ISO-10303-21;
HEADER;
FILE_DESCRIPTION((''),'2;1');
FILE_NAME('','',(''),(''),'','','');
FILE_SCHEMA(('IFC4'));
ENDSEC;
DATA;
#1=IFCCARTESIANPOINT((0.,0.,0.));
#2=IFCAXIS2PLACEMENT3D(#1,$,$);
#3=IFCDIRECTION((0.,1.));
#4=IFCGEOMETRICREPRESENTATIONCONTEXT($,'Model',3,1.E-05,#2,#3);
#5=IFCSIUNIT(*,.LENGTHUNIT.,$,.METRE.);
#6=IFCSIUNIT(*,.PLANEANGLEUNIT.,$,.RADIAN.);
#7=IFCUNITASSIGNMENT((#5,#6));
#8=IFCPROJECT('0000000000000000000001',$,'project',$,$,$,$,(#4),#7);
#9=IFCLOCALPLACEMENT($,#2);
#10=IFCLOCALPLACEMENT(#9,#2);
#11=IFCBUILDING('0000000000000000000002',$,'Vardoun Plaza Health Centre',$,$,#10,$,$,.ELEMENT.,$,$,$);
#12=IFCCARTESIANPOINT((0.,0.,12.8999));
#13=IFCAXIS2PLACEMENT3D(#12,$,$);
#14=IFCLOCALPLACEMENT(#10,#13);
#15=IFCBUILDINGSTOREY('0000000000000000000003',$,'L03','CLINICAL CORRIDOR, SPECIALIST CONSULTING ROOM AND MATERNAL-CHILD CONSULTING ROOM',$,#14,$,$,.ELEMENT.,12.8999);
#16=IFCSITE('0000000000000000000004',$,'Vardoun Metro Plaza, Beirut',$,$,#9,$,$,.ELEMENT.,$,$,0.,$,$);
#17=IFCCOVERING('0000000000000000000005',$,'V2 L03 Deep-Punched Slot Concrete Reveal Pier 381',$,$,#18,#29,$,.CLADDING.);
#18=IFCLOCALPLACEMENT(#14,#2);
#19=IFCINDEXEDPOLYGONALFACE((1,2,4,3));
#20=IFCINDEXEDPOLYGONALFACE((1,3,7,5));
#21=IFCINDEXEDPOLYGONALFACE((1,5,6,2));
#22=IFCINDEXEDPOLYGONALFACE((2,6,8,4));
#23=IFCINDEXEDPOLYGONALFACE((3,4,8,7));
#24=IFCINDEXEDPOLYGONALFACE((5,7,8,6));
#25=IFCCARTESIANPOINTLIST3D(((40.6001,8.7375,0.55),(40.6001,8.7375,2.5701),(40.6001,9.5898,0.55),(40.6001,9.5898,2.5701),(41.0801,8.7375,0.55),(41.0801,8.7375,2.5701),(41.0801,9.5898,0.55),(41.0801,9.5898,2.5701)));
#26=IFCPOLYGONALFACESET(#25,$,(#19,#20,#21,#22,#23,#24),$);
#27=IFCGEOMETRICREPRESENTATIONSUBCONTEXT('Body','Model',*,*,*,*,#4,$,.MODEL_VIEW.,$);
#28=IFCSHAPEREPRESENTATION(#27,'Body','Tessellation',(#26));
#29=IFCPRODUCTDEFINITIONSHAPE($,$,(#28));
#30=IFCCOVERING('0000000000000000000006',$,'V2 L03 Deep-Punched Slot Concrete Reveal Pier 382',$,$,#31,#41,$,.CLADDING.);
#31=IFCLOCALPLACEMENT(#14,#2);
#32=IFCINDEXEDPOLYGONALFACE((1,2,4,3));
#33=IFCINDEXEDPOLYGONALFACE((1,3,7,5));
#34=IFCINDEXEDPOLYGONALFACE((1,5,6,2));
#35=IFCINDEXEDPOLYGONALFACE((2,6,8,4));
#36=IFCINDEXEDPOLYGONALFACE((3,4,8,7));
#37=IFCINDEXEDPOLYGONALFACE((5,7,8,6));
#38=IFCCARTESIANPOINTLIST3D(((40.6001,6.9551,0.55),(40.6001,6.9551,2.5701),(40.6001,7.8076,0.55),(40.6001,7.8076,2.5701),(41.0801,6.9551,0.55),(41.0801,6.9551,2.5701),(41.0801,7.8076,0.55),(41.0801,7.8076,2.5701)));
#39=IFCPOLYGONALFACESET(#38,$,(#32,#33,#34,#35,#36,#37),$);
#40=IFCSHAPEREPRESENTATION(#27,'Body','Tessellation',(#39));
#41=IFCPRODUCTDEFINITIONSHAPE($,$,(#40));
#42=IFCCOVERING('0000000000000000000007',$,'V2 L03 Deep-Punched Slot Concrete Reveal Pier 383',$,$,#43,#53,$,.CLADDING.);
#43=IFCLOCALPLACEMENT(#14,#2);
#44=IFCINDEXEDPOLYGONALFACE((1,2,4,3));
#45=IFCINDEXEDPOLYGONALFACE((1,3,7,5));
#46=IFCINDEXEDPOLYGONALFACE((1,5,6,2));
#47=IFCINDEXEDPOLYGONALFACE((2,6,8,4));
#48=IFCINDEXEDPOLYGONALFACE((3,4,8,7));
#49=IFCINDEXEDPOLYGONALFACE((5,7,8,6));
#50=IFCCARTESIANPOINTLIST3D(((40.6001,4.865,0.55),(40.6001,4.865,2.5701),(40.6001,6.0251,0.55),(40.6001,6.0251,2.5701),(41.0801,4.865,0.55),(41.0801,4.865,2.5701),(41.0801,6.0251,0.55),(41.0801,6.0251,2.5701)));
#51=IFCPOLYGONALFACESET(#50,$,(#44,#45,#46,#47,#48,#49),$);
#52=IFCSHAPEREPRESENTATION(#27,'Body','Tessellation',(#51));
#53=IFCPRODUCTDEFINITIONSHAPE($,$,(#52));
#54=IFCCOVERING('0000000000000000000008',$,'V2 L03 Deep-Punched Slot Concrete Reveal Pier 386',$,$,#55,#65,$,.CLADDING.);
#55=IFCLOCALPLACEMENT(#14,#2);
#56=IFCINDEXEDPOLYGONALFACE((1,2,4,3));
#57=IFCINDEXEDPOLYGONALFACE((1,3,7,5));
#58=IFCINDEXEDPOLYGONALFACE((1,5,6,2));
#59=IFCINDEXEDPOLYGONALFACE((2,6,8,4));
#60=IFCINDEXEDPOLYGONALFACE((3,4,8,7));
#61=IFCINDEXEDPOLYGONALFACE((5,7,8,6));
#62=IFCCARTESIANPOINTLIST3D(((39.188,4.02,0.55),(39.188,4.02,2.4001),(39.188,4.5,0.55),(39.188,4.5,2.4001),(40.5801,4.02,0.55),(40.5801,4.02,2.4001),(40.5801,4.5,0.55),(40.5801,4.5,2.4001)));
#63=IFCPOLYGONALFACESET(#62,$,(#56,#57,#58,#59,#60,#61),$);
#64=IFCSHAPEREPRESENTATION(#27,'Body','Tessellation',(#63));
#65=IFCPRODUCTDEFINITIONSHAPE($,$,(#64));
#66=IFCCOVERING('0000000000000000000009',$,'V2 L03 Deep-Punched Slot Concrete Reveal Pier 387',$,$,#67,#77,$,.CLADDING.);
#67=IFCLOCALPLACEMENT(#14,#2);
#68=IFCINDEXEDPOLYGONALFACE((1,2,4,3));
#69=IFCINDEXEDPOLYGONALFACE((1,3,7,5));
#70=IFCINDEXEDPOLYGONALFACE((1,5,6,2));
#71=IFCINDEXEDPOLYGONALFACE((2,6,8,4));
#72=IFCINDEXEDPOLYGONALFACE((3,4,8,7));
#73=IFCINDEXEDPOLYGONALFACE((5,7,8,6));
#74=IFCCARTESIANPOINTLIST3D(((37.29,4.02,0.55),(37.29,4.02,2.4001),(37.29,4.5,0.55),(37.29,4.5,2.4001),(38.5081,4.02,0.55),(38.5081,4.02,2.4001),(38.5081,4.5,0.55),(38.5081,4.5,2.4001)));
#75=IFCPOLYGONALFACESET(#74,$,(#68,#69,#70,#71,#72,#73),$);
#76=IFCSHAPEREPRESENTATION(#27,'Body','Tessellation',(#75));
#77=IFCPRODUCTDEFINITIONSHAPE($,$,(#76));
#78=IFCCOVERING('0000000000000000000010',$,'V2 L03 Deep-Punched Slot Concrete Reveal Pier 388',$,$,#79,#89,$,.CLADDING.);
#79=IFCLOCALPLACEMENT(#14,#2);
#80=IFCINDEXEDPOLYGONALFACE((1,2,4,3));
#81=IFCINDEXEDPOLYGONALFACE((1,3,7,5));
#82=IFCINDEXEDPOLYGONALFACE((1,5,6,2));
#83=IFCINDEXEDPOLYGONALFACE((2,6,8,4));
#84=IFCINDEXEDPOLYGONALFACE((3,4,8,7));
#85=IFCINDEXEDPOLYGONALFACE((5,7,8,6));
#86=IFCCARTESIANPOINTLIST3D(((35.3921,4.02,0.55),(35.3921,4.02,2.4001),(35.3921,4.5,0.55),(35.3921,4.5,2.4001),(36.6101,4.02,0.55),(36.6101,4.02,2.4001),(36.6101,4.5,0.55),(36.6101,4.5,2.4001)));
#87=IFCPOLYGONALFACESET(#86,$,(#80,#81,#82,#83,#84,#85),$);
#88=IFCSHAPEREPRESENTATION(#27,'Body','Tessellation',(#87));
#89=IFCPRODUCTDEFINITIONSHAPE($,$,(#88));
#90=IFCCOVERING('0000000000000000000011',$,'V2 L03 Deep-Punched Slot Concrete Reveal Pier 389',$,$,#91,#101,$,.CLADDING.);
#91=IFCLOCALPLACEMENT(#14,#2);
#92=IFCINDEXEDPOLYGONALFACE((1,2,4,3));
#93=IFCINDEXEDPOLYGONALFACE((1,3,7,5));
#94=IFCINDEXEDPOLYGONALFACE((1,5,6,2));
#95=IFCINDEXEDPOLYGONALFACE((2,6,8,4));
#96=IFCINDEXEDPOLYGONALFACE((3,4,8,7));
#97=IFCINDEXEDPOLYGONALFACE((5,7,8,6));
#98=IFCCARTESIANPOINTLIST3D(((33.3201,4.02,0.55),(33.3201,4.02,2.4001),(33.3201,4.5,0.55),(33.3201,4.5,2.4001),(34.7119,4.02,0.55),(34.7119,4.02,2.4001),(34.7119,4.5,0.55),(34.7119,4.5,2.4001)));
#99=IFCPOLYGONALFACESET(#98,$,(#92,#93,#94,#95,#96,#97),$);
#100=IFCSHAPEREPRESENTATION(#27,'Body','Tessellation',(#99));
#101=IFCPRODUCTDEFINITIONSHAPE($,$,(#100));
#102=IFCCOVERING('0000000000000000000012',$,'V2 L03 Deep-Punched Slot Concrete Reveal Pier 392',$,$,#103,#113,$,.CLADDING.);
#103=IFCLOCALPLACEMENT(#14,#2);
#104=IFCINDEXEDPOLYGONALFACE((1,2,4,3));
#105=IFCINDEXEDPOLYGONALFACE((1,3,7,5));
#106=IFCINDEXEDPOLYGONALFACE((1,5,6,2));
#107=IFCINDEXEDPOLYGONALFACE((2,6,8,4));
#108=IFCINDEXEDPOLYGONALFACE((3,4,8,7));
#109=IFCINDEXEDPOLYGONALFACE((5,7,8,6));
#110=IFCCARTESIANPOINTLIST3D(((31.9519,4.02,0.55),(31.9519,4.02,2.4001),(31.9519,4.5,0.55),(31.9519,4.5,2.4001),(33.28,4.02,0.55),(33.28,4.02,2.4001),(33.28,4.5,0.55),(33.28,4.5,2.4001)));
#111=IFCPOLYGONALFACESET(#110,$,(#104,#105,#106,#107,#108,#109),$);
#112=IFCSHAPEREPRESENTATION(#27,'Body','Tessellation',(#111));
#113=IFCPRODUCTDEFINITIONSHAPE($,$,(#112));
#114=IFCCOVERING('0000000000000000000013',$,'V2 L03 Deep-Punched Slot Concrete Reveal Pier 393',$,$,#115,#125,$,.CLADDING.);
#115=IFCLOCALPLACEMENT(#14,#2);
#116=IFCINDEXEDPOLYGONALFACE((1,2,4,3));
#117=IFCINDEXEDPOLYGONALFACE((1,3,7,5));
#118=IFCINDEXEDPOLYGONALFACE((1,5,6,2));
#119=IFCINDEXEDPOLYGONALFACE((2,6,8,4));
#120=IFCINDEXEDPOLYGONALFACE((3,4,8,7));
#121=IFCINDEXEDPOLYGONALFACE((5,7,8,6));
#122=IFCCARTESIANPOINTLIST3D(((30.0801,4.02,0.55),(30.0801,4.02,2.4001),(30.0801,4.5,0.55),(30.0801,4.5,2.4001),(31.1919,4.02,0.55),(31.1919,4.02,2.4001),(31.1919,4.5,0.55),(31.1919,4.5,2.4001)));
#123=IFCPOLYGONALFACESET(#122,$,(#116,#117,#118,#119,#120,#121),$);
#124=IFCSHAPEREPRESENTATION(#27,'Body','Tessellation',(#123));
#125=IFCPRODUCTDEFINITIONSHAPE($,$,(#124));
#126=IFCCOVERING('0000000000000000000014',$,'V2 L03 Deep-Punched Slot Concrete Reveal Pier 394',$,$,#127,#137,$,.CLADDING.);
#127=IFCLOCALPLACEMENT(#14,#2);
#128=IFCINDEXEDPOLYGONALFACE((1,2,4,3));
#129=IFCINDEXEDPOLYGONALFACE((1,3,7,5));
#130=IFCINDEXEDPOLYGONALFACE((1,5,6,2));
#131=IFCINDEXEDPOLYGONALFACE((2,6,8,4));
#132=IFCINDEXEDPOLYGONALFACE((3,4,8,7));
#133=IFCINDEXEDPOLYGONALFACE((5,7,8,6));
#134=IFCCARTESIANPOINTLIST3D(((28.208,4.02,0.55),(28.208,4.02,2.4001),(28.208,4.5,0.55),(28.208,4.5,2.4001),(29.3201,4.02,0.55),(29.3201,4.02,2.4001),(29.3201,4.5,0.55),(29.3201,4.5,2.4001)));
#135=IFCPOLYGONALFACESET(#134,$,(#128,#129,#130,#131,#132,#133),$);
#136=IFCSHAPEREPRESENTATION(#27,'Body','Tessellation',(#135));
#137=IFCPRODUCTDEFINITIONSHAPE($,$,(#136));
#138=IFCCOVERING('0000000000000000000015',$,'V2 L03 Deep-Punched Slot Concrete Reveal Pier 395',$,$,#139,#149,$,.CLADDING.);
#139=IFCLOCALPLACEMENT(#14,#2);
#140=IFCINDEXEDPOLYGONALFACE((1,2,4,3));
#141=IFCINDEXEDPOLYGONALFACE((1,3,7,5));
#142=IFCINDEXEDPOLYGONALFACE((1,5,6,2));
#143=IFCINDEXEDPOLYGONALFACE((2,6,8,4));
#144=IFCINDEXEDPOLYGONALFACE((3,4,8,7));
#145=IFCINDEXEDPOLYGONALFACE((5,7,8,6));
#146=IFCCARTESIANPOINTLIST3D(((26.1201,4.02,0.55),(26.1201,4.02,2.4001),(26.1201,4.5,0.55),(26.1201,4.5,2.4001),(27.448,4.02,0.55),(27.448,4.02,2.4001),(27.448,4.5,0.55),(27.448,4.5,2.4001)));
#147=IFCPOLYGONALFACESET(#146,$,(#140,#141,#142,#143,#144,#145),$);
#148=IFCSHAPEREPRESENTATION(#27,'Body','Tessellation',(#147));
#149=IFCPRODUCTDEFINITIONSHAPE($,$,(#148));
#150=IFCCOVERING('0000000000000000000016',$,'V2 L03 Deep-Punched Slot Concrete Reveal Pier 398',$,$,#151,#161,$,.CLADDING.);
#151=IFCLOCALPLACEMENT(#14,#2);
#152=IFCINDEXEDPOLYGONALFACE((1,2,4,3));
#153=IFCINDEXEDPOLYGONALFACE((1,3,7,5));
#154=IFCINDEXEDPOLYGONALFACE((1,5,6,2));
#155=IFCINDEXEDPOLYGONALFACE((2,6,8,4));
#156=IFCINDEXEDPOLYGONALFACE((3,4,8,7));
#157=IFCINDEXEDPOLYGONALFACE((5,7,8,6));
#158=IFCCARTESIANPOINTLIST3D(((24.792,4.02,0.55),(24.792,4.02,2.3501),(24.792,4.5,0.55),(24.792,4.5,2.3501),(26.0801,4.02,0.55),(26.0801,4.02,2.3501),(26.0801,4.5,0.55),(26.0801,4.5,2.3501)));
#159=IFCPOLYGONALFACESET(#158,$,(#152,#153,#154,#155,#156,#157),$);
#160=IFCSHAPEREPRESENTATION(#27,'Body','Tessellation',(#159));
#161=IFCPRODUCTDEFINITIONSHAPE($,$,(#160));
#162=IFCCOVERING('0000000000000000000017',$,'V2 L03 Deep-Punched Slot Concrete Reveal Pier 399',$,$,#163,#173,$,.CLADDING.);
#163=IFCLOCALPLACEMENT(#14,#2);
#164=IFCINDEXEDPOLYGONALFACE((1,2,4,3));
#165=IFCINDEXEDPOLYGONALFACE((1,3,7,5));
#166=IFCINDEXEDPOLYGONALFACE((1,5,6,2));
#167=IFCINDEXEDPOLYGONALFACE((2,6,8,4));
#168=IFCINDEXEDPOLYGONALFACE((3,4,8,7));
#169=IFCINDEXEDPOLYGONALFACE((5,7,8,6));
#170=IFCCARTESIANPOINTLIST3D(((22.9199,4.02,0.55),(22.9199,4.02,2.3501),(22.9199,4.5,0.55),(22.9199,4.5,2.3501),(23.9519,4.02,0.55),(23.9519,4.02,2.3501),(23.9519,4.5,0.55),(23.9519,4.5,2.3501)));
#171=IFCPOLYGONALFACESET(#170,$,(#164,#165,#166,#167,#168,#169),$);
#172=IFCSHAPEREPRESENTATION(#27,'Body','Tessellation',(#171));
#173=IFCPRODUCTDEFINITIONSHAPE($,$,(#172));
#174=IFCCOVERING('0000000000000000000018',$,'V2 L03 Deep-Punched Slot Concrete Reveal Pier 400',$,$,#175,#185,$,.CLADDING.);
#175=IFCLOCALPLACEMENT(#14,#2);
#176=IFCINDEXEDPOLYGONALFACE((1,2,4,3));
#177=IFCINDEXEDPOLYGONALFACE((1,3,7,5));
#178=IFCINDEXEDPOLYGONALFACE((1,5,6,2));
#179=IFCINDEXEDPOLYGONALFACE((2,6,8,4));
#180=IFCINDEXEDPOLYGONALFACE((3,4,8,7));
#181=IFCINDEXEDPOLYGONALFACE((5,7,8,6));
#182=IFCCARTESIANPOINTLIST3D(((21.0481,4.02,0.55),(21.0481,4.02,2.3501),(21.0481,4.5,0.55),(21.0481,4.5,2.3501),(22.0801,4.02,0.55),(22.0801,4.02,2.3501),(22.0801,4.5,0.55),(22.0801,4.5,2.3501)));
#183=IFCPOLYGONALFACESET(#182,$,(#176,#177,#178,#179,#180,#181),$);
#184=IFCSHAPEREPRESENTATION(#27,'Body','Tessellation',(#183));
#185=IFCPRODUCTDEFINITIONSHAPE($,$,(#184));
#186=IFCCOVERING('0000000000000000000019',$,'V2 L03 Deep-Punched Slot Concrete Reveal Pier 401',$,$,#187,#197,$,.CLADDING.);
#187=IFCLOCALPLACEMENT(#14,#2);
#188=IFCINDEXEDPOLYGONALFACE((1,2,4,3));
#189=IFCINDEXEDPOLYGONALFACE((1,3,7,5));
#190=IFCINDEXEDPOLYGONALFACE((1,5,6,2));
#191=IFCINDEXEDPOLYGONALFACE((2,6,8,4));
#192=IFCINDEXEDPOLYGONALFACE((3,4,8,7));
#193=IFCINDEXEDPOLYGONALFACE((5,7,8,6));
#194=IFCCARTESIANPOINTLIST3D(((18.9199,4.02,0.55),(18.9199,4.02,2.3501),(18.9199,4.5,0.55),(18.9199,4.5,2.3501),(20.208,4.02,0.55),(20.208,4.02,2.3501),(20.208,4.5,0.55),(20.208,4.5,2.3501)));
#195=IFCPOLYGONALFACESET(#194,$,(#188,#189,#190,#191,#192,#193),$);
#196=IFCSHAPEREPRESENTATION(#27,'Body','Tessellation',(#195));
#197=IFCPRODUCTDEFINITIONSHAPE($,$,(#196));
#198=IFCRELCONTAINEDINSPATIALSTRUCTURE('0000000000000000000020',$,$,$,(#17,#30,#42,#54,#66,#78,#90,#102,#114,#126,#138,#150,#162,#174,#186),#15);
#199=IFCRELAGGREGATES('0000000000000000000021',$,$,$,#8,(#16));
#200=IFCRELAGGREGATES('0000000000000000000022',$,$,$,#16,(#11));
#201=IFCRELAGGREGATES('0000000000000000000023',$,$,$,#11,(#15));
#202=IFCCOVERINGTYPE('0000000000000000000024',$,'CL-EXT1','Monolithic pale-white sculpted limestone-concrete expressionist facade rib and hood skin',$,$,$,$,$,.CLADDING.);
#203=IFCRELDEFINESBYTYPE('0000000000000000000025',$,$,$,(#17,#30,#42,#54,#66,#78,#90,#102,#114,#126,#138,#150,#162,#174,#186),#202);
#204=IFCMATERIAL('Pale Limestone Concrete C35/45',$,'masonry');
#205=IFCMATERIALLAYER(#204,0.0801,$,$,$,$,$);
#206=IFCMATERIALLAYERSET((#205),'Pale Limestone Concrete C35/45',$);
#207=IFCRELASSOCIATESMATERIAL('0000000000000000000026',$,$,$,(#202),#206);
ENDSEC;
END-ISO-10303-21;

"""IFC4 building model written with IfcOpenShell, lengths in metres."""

from ifc_helpers import new_model, si_unit, direction, frame, origin, place, context, subcontext, project, spatial, polyline, outline, extrude, material, layer, layer_set, type_object, element, save


model = new_model("IFC4")

# Units and contexts
model_context = context("Model", 3, precision=1e-05, world=origin(), true_north=direction((0.0, 1.0)))
body_context = subcontext(model_context, "Body", "Model", "MODEL_VIEW")
ifc_project = project(units=[si_unit("LENGTHUNIT", "METRE"), si_unit("PLANEANGLEUNIT", "RADIAN")], contexts=[model_context])

# Site, building, storey
site_placement = place(None, origin())
site = spatial("IfcSite", under=ifc_project, at=site_placement, Name="Vardoun Metro Plaza, Beirut", CompositionType="ELEMENT", RefElevation=0.0)
building_placement = place(site_placement, origin())
building = spatial("IfcBuilding", under=site, at=building_placement, Name="Vardoun Plaza Health Centre", CompositionType="ELEMENT")
storey_placement = place(building_placement, frame((0.0, 0.0, 12.8999)))
storey = spatial("IfcBuildingStorey", under=building, at=storey_placement, Name="L03", Description="CLINICAL CORRIDOR, SPECIALIST CONSULTING ROOM AND MATERNAL-CHILD CONSULTING ROOM", CompositionType="ELEMENT", Elevation=12.8999)

# Coverings
ifc_material = material(Name="Pale Limestone Concrete C35/45", Category="masonry")
ifc_layer = layer(ifc_material, 0.0801)
ifc_layer_set = layer_set([ifc_layer], Name="Pale Limestone Concrete C35/45")
covering_type = type_object("IfcCoveringType", Name="CL-EXT1", Description="Monolithic pale-white sculpted limestone-concrete expressionist facade rib and hood skin", PredefinedType="CLADDING", material=ifc_layer_set)
covering_1_placement = place(storey_placement, frame((0.0, 0.0, 0.55)))
element("IfcCovering", 1, at=covering_1_placement, inside=storey, type_object=covering_type, Name="V2 L03 Deep-Punched Slot Concrete Reveal Pier 381", PredefinedType="CLADDING", context=body_context, shape_type="SweptSolid", body=[
    extrude(outline(polyline([(40.6001, 9.5898), (40.6001, 8.7375), (41.0801, 8.7375), (41.0801, 9.5898), (40.6001, 9.5898)])), origin(), (0.0, 0.0, 1.0), 2.02),
])
covering_2_placement = place(storey_placement, frame((0.0, 0.0, 0.55)))
element("IfcCovering", 2, at=covering_2_placement, inside=storey, type_object=covering_type, Name="V2 L03 Deep-Punched Slot Concrete Reveal Pier 382", PredefinedType="CLADDING", context=body_context, shape_type="SweptSolid", body=[
    extrude(outline(polyline([(40.6001, 7.8076), (40.6001, 6.9551), (41.0801, 6.9551), (41.0801, 7.8076), (40.6001, 7.8076)])), origin(), (0.0, 0.0, 1.0), 2.02),
])
covering_3_placement = place(storey_placement, frame((0.0, 0.0, 0.55)))
element("IfcCovering", 3, at=covering_3_placement, inside=storey, type_object=covering_type, Name="V2 L03 Deep-Punched Slot Concrete Reveal Pier 383", PredefinedType="CLADDING", context=body_context, shape_type="SweptSolid", body=[
    extrude(outline(polyline([(40.6001, 6.0251), (40.6001, 4.865), (41.0801, 4.865), (41.0801, 6.0251), (40.6001, 6.0251)])), origin(), (0.0, 0.0, 1.0), 2.02),
])
covering_4_placement = place(storey_placement, frame((0.0, 0.0, 0.55)))
element("IfcCovering", 4, at=covering_4_placement, inside=storey, type_object=covering_type, Name="V2 L03 Deep-Punched Slot Concrete Reveal Pier 386", PredefinedType="CLADDING", context=body_context, shape_type="SweptSolid", body=[
    extrude(outline(polyline([(40.5801, 4.5), (39.188, 4.5), (39.188, 4.02), (40.5801, 4.02), (40.5801, 4.5)])), origin(), (0.0, 0.0, 1.0), 1.8501),
])
covering_5_placement = place(storey_placement, frame((0.0, 0.0, 0.55)))
element("IfcCovering", 5, at=covering_5_placement, inside=storey, type_object=covering_type, Name="V2 L03 Deep-Punched Slot Concrete Reveal Pier 387", PredefinedType="CLADDING", context=body_context, shape_type="SweptSolid", body=[
    extrude(outline(polyline([(38.5081, 4.5), (37.29, 4.5), (37.29, 4.02), (38.5081, 4.02), (38.5081, 4.5)])), origin(), (0.0, 0.0, 1.0), 1.8501),
])
covering_6_placement = place(storey_placement, frame((0.0, 0.0, 0.55)))
element("IfcCovering", 6, at=covering_6_placement, inside=storey, type_object=covering_type, Name="V2 L03 Deep-Punched Slot Concrete Reveal Pier 388", PredefinedType="CLADDING", context=body_context, shape_type="SweptSolid", body=[
    extrude(outline(polyline([(36.6101, 4.5), (35.3921, 4.5), (35.3921, 4.02), (36.6101, 4.02), (36.6101, 4.5)])), origin(), (0.0, 0.0, 1.0), 1.8501),
])
covering_7_placement = place(storey_placement, frame((0.0, 0.0, 0.55)))
element("IfcCovering", 7, at=covering_7_placement, inside=storey, type_object=covering_type, Name="V2 L03 Deep-Punched Slot Concrete Reveal Pier 389", PredefinedType="CLADDING", context=body_context, shape_type="SweptSolid", body=[
    extrude(outline(polyline([(34.7119, 4.5), (33.3201, 4.5), (33.3201, 4.02), (34.7119, 4.02), (34.7119, 4.5)])), origin(), (0.0, 0.0, 1.0), 1.8501),
])
covering_8_placement = place(storey_placement, frame((0.0, 0.0, 0.55)))
element("IfcCovering", 8, at=covering_8_placement, inside=storey, type_object=covering_type, Name="V2 L03 Deep-Punched Slot Concrete Reveal Pier 392", PredefinedType="CLADDING", context=body_context, shape_type="SweptSolid", body=[
    extrude(outline(polyline([(33.28, 4.5), (31.9519, 4.5), (31.9519, 4.02), (33.28, 4.02), (33.28, 4.5)])), origin(), (0.0, 0.0, 1.0), 1.8501),
])
covering_9_placement = place(storey_placement, frame((0.0, 0.0, 0.55)))
element("IfcCovering", 9, at=covering_9_placement, inside=storey, type_object=covering_type, Name="V2 L03 Deep-Punched Slot Concrete Reveal Pier 393", PredefinedType="CLADDING", context=body_context, shape_type="SweptSolid", body=[
    extrude(outline(polyline([(31.1919, 4.5), (30.0801, 4.5), (30.0801, 4.02), (31.1919, 4.02), (31.1919, 4.5)])), origin(), (0.0, 0.0, 1.0), 1.8501),
])
covering_10_placement = place(storey_placement, frame((0.0, 0.0, 0.55)))
element("IfcCovering", 10, at=covering_10_placement, inside=storey, type_object=covering_type, Name="V2 L03 Deep-Punched Slot Concrete Reveal Pier 394", PredefinedType="CLADDING", context=body_context, shape_type="SweptSolid", body=[
    extrude(outline(polyline([(29.3201, 4.5), (28.208, 4.5), (28.208, 4.02), (29.3201, 4.02), (29.3201, 4.5)])), origin(), (0.0, 0.0, 1.0), 1.8501),
])
covering_11_placement = place(storey_placement, frame((0.0, 0.0, 0.55)))
element("IfcCovering", 11, at=covering_11_placement, inside=storey, type_object=covering_type, Name="V2 L03 Deep-Punched Slot Concrete Reveal Pier 395", PredefinedType="CLADDING", context=body_context, shape_type="SweptSolid", body=[
    extrude(outline(polyline([(27.448, 4.5), (26.1201, 4.5), (26.1201, 4.02), (27.448, 4.02), (27.448, 4.5)])), origin(), (0.0, 0.0, 1.0), 1.8501),
])
covering_12_placement = place(storey_placement, frame((0.0, 0.0, 0.55)))
element("IfcCovering", 12, at=covering_12_placement, inside=storey, type_object=covering_type, Name="V2 L03 Deep-Punched Slot Concrete Reveal Pier 398", PredefinedType="CLADDING", context=body_context, shape_type="SweptSolid", body=[
    extrude(outline(polyline([(26.0801, 4.5), (24.792, 4.5), (24.792, 4.02), (26.0801, 4.02), (26.0801, 4.5)])), origin(), (0.0, 0.0, 1.0), 1.8),
])
covering_13_placement = place(storey_placement, frame((0.0, 0.0, 0.55)))
element("IfcCovering", 13, at=covering_13_placement, inside=storey, type_object=covering_type, Name="V2 L03 Deep-Punched Slot Concrete Reveal Pier 399", PredefinedType="CLADDING", context=body_context, shape_type="SweptSolid", body=[
    extrude(outline(polyline([(23.9519, 4.5), (22.9199, 4.5), (22.9199, 4.02), (23.9519, 4.02), (23.9519, 4.5)])), origin(), (0.0, 0.0, 1.0), 1.8),
])
covering_14_placement = place(storey_placement, frame((0.0, 0.0, 0.55)))
element("IfcCovering", 14, at=covering_14_placement, inside=storey, type_object=covering_type, Name="V2 L03 Deep-Punched Slot Concrete Reveal Pier 400", PredefinedType="CLADDING", context=body_context, shape_type="SweptSolid", body=[
    extrude(outline(polyline([(22.0801, 4.5), (21.0481, 4.5), (21.0481, 4.02), (22.0801, 4.02), (22.0801, 4.5)])), origin(), (0.0, 0.0, 1.0), 1.8),
])
covering_15_placement = place(storey_placement, frame((0.0, 0.0, 0.55)))
element("IfcCovering", 15, at=covering_15_placement, inside=storey, type_object=covering_type, Name="V2 L03 Deep-Punched Slot Concrete Reveal Pier 401", PredefinedType="CLADDING", context=body_context, shape_type="SweptSolid", body=[
    extrude(outline(polyline([(20.208, 4.5), (18.9199, 4.5), (18.9199, 4.02), (20.208, 4.02), (20.208, 4.5)])), origin(), (0.0, 0.0, 1.0), 1.8),
])

save(model, "model.ifc")
